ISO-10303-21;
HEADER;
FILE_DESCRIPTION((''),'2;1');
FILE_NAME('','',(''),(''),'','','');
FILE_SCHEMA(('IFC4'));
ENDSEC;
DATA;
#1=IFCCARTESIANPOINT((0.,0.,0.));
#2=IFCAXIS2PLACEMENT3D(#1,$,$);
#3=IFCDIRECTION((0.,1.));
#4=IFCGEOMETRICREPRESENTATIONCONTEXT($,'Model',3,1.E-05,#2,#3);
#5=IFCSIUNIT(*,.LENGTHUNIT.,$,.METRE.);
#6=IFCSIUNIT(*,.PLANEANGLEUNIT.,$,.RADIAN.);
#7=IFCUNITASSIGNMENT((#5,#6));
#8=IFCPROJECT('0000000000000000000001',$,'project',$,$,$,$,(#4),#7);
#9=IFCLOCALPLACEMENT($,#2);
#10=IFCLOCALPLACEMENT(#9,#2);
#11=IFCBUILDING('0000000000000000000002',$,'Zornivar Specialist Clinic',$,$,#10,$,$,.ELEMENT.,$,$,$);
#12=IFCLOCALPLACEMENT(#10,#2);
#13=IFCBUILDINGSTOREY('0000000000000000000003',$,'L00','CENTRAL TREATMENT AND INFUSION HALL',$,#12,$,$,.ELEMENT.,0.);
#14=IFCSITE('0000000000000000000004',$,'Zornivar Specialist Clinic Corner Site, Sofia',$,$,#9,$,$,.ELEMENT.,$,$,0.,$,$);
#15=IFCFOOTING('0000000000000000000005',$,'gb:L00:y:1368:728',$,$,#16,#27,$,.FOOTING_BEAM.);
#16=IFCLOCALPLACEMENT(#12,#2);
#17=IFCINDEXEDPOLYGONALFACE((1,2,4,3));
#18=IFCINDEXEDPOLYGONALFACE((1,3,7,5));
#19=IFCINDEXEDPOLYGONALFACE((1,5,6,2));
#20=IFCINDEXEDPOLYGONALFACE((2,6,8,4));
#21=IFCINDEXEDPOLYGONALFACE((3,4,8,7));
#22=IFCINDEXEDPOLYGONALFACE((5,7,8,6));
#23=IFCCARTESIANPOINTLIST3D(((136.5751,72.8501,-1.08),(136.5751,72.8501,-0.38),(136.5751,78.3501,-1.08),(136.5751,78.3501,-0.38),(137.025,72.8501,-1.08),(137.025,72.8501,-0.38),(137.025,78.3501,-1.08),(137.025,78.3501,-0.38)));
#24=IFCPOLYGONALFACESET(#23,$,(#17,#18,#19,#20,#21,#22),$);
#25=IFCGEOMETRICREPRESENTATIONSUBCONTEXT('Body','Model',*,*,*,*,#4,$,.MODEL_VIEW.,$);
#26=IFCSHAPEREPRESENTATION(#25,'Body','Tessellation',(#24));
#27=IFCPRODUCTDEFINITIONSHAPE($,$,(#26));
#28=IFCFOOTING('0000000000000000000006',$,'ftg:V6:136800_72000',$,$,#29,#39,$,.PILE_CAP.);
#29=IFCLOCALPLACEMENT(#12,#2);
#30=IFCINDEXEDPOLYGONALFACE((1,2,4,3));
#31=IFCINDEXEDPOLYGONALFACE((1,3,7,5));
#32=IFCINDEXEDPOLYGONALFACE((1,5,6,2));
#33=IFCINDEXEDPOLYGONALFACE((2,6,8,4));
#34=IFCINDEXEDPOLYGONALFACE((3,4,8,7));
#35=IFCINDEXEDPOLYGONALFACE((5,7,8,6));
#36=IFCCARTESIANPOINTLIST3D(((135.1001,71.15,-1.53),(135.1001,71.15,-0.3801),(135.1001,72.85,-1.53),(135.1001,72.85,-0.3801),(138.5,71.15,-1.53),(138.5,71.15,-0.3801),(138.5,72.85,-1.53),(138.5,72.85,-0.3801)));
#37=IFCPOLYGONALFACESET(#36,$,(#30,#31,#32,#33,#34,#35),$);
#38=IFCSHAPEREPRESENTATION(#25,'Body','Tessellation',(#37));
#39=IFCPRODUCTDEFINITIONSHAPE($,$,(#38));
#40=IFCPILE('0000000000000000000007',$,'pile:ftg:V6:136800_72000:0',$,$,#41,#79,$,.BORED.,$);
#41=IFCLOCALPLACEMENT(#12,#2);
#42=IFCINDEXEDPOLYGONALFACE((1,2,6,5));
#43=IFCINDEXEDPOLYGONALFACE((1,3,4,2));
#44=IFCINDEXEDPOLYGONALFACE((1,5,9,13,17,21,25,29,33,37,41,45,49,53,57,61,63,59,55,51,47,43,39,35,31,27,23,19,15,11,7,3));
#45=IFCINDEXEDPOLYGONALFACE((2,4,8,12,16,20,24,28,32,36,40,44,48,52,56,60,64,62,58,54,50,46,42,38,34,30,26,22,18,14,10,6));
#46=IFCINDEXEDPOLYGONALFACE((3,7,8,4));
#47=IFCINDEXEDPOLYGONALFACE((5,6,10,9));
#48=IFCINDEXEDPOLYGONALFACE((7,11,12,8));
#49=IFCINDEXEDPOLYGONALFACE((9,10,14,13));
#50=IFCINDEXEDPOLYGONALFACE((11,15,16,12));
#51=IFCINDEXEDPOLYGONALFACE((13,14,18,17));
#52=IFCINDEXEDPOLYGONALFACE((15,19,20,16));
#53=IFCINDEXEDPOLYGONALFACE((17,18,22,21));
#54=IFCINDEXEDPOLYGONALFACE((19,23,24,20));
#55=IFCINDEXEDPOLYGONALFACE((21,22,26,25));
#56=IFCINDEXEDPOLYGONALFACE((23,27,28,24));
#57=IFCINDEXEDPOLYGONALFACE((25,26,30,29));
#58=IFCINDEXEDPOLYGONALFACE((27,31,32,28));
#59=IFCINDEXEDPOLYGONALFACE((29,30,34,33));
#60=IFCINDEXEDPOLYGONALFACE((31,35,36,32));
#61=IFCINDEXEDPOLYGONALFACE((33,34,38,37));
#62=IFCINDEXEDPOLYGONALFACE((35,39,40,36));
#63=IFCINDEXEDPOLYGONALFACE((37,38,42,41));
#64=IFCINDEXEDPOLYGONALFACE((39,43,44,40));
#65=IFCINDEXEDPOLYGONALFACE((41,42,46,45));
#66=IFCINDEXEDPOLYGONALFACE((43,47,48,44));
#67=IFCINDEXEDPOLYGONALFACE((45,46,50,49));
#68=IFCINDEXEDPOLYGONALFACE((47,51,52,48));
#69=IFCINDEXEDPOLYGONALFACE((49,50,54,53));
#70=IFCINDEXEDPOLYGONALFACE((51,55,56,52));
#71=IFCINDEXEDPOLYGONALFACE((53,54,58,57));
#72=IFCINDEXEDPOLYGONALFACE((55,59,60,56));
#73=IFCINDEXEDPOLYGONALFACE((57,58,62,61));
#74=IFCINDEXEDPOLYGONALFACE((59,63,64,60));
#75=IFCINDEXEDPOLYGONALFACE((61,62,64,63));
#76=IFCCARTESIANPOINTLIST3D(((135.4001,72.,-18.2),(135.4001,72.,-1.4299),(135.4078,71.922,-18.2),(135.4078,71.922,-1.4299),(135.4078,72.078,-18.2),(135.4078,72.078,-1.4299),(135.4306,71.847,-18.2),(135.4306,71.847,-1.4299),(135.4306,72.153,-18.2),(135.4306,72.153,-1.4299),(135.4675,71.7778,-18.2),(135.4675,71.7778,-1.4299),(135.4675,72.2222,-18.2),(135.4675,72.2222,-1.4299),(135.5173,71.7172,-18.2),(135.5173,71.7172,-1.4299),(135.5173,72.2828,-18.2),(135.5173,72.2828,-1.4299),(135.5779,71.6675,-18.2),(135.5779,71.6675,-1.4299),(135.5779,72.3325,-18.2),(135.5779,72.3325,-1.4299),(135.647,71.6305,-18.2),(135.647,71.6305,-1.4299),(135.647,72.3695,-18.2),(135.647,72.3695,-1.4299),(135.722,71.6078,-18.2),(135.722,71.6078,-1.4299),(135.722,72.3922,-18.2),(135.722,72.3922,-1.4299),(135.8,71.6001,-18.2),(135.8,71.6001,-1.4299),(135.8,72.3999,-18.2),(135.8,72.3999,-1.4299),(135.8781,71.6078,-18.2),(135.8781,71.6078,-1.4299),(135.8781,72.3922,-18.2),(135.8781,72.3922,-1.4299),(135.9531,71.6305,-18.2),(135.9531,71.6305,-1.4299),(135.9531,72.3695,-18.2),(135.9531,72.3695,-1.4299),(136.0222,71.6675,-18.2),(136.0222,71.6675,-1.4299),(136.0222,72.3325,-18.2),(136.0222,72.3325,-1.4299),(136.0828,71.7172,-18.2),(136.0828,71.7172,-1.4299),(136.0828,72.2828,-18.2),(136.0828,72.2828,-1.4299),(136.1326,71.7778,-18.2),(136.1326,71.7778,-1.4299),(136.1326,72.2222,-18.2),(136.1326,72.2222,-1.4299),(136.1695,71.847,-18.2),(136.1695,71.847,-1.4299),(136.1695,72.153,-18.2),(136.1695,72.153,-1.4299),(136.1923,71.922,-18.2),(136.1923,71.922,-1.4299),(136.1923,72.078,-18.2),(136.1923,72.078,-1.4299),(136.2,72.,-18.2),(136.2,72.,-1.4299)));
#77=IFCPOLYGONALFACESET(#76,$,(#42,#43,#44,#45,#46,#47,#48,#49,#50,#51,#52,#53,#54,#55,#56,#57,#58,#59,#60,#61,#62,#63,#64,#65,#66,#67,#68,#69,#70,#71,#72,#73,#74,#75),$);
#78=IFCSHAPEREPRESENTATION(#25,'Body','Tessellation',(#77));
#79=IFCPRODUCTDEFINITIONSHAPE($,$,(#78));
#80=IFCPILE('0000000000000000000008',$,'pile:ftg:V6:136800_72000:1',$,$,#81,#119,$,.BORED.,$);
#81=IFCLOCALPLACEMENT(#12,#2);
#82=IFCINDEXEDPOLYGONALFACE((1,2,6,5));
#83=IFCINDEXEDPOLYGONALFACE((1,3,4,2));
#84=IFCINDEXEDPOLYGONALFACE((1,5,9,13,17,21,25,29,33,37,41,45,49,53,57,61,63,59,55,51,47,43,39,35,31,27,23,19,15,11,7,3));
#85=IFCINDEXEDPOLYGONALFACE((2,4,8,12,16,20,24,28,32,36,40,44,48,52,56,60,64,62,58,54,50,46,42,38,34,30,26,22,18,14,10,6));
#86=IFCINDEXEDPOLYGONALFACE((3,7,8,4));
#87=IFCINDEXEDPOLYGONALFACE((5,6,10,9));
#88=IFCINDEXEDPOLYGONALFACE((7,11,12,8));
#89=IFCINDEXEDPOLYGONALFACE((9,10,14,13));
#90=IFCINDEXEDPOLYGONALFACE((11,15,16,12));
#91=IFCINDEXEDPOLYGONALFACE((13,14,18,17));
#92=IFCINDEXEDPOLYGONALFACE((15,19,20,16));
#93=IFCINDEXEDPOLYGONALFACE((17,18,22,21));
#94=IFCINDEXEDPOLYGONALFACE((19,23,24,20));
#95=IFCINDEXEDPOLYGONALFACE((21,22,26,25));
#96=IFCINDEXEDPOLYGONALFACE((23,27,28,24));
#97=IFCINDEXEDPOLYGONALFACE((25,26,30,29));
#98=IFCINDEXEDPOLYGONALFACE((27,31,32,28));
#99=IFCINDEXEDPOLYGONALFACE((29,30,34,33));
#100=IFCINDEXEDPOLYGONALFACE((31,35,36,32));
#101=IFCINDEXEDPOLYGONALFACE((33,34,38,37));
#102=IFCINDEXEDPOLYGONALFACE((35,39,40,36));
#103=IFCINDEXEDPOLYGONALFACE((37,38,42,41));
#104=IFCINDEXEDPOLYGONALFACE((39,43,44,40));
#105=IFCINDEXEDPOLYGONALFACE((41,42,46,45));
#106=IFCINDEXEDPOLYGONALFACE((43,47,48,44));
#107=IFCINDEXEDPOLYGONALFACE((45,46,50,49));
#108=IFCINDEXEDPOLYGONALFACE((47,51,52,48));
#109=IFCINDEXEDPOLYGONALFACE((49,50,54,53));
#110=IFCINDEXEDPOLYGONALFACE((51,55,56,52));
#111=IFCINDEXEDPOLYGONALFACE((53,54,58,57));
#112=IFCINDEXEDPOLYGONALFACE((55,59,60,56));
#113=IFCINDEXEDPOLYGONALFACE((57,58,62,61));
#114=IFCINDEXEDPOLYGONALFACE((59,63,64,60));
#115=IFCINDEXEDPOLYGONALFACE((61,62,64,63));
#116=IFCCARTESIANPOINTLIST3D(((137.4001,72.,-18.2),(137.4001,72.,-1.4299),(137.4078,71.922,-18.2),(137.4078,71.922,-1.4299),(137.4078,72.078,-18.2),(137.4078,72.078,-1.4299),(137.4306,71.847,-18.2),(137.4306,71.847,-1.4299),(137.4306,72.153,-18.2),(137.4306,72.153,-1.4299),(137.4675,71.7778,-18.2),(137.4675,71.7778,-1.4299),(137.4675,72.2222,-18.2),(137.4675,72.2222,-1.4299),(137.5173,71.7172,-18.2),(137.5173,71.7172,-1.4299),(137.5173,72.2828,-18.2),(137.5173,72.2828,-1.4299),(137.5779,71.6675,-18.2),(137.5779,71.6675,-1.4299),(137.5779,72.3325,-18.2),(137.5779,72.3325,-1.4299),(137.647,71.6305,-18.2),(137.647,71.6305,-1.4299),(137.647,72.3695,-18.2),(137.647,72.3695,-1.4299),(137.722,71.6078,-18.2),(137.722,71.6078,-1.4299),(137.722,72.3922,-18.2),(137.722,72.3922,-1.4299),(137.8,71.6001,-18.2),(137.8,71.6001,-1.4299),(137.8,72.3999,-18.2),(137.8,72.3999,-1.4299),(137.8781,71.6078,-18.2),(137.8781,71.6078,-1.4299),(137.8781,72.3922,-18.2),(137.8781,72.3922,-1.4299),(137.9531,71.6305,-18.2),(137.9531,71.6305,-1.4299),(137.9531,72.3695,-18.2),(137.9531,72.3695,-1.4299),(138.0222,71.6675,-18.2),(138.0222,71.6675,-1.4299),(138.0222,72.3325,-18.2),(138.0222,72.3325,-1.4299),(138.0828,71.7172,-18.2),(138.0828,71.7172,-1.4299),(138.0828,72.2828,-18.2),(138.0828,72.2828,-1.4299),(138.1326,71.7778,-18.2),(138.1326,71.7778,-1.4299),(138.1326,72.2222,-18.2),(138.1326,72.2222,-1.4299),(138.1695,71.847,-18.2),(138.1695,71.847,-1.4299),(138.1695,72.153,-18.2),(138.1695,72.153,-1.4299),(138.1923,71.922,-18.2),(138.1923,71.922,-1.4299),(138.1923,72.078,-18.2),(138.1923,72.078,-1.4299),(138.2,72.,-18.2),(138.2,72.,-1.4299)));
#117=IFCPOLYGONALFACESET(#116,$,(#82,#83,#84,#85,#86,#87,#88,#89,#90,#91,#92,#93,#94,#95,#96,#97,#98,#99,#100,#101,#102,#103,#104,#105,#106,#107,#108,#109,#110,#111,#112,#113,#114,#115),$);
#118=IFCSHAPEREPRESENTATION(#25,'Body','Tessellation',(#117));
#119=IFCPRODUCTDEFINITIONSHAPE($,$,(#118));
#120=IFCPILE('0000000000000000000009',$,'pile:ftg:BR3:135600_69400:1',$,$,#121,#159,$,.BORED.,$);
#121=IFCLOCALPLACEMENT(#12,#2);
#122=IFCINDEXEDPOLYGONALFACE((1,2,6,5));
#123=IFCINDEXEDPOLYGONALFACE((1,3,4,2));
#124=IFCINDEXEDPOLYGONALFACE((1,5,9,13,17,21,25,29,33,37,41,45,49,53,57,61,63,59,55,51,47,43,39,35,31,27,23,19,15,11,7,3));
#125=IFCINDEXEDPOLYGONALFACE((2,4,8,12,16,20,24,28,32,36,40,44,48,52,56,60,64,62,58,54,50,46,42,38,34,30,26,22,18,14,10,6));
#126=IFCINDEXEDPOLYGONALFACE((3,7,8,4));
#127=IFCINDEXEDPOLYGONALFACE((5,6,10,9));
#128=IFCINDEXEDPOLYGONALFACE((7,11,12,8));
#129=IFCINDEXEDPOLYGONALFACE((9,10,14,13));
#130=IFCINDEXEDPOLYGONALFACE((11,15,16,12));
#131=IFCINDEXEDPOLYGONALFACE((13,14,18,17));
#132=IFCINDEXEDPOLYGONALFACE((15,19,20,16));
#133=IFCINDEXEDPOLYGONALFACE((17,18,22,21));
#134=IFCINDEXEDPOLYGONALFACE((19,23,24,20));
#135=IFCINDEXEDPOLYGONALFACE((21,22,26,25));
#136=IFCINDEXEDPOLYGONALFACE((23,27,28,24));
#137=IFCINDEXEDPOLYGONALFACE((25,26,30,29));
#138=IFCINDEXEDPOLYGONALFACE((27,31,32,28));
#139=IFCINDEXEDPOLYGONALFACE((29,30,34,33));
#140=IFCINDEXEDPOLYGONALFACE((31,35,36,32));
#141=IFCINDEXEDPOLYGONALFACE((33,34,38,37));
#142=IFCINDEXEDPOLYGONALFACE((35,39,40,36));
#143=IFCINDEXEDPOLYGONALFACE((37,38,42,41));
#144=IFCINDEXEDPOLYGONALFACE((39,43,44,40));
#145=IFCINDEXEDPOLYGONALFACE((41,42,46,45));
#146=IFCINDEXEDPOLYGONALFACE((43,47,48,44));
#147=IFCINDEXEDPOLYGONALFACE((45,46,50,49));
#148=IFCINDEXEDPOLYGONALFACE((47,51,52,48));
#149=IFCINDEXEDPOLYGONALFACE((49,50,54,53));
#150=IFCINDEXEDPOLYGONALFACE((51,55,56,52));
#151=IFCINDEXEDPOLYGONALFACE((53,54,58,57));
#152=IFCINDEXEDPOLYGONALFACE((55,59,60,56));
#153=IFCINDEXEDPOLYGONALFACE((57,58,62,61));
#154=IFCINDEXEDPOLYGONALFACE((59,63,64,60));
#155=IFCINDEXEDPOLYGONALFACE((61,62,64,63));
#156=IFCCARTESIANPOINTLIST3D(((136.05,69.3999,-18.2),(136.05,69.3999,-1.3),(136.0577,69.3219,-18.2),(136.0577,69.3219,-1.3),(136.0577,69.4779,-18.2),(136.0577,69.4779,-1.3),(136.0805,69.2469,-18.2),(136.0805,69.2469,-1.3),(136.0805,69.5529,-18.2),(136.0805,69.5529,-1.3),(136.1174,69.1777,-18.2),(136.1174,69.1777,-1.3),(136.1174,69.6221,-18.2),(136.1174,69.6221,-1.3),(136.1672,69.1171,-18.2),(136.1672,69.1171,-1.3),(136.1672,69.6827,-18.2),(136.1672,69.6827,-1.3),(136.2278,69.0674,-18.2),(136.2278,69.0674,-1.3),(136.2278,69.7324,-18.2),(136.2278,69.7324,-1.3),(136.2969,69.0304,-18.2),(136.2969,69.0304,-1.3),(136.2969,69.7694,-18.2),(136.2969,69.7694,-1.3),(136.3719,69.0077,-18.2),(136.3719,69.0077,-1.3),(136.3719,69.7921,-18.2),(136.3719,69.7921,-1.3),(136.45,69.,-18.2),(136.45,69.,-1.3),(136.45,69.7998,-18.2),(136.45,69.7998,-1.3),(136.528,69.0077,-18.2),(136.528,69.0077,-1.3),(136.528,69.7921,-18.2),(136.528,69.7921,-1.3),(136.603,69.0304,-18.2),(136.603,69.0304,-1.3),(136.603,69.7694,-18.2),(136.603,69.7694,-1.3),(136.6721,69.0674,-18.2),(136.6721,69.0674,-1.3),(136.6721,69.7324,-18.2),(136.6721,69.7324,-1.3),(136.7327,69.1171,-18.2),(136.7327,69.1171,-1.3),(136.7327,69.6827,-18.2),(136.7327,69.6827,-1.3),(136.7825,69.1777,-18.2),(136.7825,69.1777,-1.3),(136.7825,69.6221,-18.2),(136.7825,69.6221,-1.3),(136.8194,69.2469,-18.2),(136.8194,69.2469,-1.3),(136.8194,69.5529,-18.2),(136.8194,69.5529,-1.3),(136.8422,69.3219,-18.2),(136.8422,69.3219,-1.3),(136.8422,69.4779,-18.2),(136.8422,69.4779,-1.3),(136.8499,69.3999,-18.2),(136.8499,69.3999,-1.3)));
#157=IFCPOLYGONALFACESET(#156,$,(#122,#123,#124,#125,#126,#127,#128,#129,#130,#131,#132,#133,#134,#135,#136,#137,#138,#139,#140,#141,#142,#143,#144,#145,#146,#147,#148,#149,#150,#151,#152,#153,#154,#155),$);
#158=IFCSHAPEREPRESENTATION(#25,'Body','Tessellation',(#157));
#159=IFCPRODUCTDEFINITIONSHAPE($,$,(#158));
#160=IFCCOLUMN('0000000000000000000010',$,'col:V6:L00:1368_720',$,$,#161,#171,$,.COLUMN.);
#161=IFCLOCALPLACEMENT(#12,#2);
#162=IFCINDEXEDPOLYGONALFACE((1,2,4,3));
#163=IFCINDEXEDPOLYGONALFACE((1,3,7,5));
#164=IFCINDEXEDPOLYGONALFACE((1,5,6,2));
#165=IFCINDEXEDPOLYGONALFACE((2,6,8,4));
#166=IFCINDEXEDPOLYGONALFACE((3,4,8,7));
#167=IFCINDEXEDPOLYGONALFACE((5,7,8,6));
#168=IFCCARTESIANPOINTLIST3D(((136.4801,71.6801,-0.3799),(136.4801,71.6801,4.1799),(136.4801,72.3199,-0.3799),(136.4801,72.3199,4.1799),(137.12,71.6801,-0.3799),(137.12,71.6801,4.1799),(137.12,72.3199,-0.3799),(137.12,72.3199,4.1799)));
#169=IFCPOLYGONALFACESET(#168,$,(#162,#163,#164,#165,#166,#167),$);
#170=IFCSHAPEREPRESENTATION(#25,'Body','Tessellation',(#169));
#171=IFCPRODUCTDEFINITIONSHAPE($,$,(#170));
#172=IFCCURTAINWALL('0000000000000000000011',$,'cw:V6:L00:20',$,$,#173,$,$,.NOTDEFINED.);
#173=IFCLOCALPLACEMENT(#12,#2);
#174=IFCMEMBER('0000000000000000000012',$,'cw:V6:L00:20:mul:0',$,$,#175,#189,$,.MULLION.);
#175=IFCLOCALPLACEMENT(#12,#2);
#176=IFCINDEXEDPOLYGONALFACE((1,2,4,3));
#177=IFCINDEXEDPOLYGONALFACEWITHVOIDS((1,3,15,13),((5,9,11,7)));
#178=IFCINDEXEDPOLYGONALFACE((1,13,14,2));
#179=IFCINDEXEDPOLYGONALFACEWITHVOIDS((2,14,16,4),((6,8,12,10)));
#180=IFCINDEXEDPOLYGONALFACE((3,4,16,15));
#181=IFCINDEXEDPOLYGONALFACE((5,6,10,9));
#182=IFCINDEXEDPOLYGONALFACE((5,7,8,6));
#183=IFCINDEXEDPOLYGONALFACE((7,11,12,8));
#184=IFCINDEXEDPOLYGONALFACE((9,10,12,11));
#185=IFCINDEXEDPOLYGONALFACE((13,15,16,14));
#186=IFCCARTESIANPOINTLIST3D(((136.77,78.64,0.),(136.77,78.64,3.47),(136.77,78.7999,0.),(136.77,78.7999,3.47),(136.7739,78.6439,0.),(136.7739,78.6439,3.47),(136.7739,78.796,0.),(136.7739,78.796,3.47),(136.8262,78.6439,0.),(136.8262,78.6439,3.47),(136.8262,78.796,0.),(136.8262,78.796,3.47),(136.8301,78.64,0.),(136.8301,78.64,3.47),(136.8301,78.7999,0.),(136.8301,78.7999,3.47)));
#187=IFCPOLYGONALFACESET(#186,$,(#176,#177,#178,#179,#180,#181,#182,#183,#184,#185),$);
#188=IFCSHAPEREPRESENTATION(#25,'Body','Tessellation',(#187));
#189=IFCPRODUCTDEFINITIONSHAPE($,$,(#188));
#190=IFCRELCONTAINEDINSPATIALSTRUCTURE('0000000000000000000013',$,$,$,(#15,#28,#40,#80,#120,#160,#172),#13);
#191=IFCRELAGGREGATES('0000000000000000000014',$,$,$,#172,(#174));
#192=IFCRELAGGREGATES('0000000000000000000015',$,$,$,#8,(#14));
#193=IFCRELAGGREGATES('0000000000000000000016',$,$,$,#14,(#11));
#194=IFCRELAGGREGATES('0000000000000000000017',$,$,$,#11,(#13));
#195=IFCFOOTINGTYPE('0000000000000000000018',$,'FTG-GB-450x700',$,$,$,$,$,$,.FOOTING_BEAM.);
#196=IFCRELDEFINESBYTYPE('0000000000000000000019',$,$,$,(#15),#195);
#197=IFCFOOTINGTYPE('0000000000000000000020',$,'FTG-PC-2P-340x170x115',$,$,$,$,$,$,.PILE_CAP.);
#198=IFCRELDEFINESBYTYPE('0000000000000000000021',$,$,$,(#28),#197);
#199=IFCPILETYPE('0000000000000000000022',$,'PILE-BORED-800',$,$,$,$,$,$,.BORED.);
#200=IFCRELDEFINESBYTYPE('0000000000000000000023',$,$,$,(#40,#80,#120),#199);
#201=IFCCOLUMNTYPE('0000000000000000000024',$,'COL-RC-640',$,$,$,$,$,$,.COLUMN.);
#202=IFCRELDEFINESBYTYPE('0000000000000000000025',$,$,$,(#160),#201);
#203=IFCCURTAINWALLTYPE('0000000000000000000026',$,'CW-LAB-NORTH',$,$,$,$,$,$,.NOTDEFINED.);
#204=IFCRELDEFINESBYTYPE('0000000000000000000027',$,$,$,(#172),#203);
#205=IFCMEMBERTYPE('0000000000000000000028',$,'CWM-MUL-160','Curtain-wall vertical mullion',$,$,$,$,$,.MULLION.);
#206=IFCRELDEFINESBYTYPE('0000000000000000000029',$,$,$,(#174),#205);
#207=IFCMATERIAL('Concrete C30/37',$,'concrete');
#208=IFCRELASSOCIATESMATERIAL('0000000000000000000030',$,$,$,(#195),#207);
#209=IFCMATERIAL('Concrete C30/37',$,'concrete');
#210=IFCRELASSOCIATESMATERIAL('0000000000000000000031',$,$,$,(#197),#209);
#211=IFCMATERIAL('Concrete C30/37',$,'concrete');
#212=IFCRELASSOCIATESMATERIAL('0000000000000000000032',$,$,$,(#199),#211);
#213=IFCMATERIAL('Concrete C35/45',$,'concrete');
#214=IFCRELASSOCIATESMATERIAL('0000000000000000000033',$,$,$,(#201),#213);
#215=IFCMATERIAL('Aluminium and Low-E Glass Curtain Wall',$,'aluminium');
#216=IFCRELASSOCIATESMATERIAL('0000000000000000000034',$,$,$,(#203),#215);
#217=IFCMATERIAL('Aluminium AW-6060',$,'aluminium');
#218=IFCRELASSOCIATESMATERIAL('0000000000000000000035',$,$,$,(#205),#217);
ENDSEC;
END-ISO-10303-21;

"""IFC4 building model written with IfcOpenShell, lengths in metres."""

from ifc_helpers import new_model, si_unit, direction, frame, origin, origin_2d, place, context, subcontext, project, spatial, rectangle, hollow_rectangle, circle, extrude, material, material_profile, profile_set, type_object, element, aggregate, save


model = new_model("IFC4")

# Units and contexts
model_context = context("Model", 3, precision=1e-05, world=origin(), true_north=direction((0.0, 1.0)))
body_context = subcontext(model_context, "Body", "Model", "MODEL_VIEW")
ifc_project = project(units=[si_unit("LENGTHUNIT", "METRE"), si_unit("PLANEANGLEUNIT", "RADIAN")], contexts=[model_context])

# Site, building, storey
site_placement = place(None, origin())
site = spatial("IfcSite", under=ifc_project, at=site_placement, Name="Zornivar Specialist Clinic Corner Site, Sofia", CompositionType="ELEMENT", RefElevation=0.0)
building_placement = place(site_placement, origin())
building = spatial("IfcBuilding", under=site, at=building_placement, Name="Zornivar Specialist Clinic", CompositionType="ELEMENT")
storey_placement = place(building_placement, origin())
storey = spatial("IfcBuildingStorey", under=building, at=storey_placement, Name="L00", Description="CENTRAL TREATMENT AND INFUSION HALL", CompositionType="ELEMENT", Elevation=0.0)

# Footings
ifc_material_1 = material(Name="Concrete C30/37", Category="concrete")
ifc_material_profile_1 = material_profile(ifc_material_1, rectangle(XDim=0.45, YDim=0.7, at=origin_2d()), Name="RC 450x700")
ifc_profile_set_1 = profile_set([ifc_material_profile_1], Name="Concrete C30/37")
footing_type_1 = type_object("IfcFootingType", Name="FTG-GB-450x700", PredefinedType="FOOTING_BEAM", material=ifc_profile_set_1)
footing_1_placement = place(storey_placement, frame((136.8, 72.8501, -0.73), z_axis=(0.0, 1.0, 0.0), x_axis=(-1.0, 0.0, 0.0)))
element("IfcFooting", 1, at=footing_1_placement, inside=storey, type_object=footing_type_1, Name="gb:L00:y:1368:728", PredefinedType="FOOTING_BEAM", context=body_context, shape_type="SweptSolid", body=[
    extrude(rectangle(XDim=0.45, YDim=0.7, at=origin_2d()), origin(), (0.0, 0.0, 1.0), 5.5),
])
ifc_material_2 = material(Name="Concrete C30/37", Category="concrete")
footing_type_2 = type_object("IfcFootingType", Name="FTG-PC-2P-340x170x115", PredefinedType="PILE_CAP", material=ifc_material_2)
footing_2_placement = place(storey_placement, frame((136.8, 72.0, -1.53), z_axis=(0.0, 0.0, 1.0), x_axis=(1.0, 0.0, 0.0)))
element("IfcFooting", 2, at=footing_2_placement, inside=storey, type_object=footing_type_2, Name="ftg:V6:136800_72000", PredefinedType="PILE_CAP", context=body_context, shape_type="SweptSolid", body=[
    extrude(rectangle(XDim=3.3999, YDim=1.7, at=origin_2d()), origin(), (0.0, 0.0, 1.0), 1.1499),
])

# Piles
ifc_material_3 = material(Name="Concrete C30/37", Category="concrete")
ifc_material_profile_2 = material_profile(ifc_material_3, circle(Radius=0.3999, at=origin_2d()), Name="PILE D800")
ifc_profile_set_2 = profile_set([ifc_material_profile_2], Name="Concrete C30/37")
pile_type = type_object("IfcPileType", Name="PILE-BORED-800", PredefinedType="BORED", material=ifc_profile_set_2)
for number, where, z_axis, x_axis, name in (
    (3, (135.8, 72.0, -1.4299), (0.0, 0.0, -1.0), (1.0, 0.0, 0.0), "pile:ftg:V6:136800_72000:0"),
    (4, (137.8, 72.0, -1.4299), (0.0, 0.0, -1.0), (1.0, 0.0, 0.0), "pile:ftg:V6:136800_72000:1"),
):
    element("IfcPile", number, at=place(storey_placement, frame(where, z_axis=z_axis, x_axis=x_axis)), inside=storey, type_object=pile_type, Name=name, PredefinedType="BORED", context=body_context, shape_type="SweptSolid", body=[
        extrude(circle(Radius=0.3999, at=origin_2d()), origin(), (0.0, 0.0, 1.0), 16.77),
    ])
pile_placement = place(storey_placement, frame((136.45, 69.3999, -1.3), z_axis=(0.0, 0.0, -1.0), x_axis=(1.0, 0.0, 0.0)))
element("IfcPile", 5, at=pile_placement, inside=storey, type_object=pile_type, Name="pile:ftg:BR3:135600_69400:1", PredefinedType="BORED", context=body_context, shape_type="SweptSolid", body=[
    extrude(circle(Radius=0.3999, at=origin_2d()), origin(), (0.0, 0.0, 1.0), 16.8999),
])

# Column
ifc_material_4 = material(Name="Concrete C35/45", Category="concrete")
ifc_material_profile_3 = material_profile(ifc_material_4, rectangle(XDim=0.6399, YDim=0.6399, at=origin_2d()), Name="RC 640x640")
ifc_profile_set_3 = profile_set([ifc_material_profile_3], Name="Concrete C35/45")
column_type = type_object("IfcColumnType", Name="COL-RC-640", PredefinedType="COLUMN", material=ifc_profile_set_3)
column_placement = place(storey_placement, frame((136.8, 72.0, -0.3799), z_axis=(0.0, 0.0, 1.0), x_axis=(1.0, 0.0, 0.0)))
element("IfcColumn", 6, at=column_placement, inside=storey, type_object=column_type, Name="col:V6:L00:1368_720", PredefinedType="COLUMN", context=body_context, shape_type="SweptSolid", body=[
    extrude(rectangle(XDim=0.6399, YDim=0.6399, at=origin_2d()), origin(), (0.0, 0.0, 1.0), 4.5598),
])

# Curtain wall, member
ifc_material_5 = material(Name="Aluminium and Low-E Glass Curtain Wall", Category="aluminium")
curtain_wall_type = type_object("IfcCurtainWallType", Name="CW-LAB-NORTH", PredefinedType="NOTDEFINED", material=ifc_material_5)
curtain_wall_placement = place(storey_placement, origin())
curtain_wall = element("IfcCurtainWall", 7, at=curtain_wall_placement, inside=storey, type_object=curtain_wall_type, Name="cw:V6:L00:20", PredefinedType="NOTDEFINED")
ifc_material_6 = material(Name="Aluminium AW-6060", Category="aluminium")
ifc_material_profile_4 = material_profile(ifc_material_6, hollow_rectangle(XDim=0.0601, YDim=0.1599, WallThickness=0.0039, at=origin_2d()), Name="ALU 60x160x4")
ifc_profile_set_4 = profile_set([ifc_material_profile_4], Name="Aluminium AW-6060")
member_type = type_object("IfcMemberType", Name="CWM-MUL-160", Description="Curtain-wall vertical mullion", PredefinedType="MULLION", material=ifc_profile_set_4)
member_1_placement = place(storey_placement, frame((136.8, 78.72, 0.0), z_axis=(0.0, 0.0, 1.0), x_axis=(1.0, 0.0, 0.0)))
member_1 = element("IfcMember", 8, at=member_1_placement, type_object=member_type, Name="cw:V6:L00:20:mul:0", PredefinedType="MULLION", context=body_context, shape_type="SweptSolid", body=[
    extrude(hollow_rectangle(XDim=0.0601, YDim=0.1599, WallThickness=0.0039, at=origin_2d()), origin(), (0.0, 0.0, 1.0), 3.47),
])
aggregate(curtain_wall, [member_1])

save(model, "model.ifc")
